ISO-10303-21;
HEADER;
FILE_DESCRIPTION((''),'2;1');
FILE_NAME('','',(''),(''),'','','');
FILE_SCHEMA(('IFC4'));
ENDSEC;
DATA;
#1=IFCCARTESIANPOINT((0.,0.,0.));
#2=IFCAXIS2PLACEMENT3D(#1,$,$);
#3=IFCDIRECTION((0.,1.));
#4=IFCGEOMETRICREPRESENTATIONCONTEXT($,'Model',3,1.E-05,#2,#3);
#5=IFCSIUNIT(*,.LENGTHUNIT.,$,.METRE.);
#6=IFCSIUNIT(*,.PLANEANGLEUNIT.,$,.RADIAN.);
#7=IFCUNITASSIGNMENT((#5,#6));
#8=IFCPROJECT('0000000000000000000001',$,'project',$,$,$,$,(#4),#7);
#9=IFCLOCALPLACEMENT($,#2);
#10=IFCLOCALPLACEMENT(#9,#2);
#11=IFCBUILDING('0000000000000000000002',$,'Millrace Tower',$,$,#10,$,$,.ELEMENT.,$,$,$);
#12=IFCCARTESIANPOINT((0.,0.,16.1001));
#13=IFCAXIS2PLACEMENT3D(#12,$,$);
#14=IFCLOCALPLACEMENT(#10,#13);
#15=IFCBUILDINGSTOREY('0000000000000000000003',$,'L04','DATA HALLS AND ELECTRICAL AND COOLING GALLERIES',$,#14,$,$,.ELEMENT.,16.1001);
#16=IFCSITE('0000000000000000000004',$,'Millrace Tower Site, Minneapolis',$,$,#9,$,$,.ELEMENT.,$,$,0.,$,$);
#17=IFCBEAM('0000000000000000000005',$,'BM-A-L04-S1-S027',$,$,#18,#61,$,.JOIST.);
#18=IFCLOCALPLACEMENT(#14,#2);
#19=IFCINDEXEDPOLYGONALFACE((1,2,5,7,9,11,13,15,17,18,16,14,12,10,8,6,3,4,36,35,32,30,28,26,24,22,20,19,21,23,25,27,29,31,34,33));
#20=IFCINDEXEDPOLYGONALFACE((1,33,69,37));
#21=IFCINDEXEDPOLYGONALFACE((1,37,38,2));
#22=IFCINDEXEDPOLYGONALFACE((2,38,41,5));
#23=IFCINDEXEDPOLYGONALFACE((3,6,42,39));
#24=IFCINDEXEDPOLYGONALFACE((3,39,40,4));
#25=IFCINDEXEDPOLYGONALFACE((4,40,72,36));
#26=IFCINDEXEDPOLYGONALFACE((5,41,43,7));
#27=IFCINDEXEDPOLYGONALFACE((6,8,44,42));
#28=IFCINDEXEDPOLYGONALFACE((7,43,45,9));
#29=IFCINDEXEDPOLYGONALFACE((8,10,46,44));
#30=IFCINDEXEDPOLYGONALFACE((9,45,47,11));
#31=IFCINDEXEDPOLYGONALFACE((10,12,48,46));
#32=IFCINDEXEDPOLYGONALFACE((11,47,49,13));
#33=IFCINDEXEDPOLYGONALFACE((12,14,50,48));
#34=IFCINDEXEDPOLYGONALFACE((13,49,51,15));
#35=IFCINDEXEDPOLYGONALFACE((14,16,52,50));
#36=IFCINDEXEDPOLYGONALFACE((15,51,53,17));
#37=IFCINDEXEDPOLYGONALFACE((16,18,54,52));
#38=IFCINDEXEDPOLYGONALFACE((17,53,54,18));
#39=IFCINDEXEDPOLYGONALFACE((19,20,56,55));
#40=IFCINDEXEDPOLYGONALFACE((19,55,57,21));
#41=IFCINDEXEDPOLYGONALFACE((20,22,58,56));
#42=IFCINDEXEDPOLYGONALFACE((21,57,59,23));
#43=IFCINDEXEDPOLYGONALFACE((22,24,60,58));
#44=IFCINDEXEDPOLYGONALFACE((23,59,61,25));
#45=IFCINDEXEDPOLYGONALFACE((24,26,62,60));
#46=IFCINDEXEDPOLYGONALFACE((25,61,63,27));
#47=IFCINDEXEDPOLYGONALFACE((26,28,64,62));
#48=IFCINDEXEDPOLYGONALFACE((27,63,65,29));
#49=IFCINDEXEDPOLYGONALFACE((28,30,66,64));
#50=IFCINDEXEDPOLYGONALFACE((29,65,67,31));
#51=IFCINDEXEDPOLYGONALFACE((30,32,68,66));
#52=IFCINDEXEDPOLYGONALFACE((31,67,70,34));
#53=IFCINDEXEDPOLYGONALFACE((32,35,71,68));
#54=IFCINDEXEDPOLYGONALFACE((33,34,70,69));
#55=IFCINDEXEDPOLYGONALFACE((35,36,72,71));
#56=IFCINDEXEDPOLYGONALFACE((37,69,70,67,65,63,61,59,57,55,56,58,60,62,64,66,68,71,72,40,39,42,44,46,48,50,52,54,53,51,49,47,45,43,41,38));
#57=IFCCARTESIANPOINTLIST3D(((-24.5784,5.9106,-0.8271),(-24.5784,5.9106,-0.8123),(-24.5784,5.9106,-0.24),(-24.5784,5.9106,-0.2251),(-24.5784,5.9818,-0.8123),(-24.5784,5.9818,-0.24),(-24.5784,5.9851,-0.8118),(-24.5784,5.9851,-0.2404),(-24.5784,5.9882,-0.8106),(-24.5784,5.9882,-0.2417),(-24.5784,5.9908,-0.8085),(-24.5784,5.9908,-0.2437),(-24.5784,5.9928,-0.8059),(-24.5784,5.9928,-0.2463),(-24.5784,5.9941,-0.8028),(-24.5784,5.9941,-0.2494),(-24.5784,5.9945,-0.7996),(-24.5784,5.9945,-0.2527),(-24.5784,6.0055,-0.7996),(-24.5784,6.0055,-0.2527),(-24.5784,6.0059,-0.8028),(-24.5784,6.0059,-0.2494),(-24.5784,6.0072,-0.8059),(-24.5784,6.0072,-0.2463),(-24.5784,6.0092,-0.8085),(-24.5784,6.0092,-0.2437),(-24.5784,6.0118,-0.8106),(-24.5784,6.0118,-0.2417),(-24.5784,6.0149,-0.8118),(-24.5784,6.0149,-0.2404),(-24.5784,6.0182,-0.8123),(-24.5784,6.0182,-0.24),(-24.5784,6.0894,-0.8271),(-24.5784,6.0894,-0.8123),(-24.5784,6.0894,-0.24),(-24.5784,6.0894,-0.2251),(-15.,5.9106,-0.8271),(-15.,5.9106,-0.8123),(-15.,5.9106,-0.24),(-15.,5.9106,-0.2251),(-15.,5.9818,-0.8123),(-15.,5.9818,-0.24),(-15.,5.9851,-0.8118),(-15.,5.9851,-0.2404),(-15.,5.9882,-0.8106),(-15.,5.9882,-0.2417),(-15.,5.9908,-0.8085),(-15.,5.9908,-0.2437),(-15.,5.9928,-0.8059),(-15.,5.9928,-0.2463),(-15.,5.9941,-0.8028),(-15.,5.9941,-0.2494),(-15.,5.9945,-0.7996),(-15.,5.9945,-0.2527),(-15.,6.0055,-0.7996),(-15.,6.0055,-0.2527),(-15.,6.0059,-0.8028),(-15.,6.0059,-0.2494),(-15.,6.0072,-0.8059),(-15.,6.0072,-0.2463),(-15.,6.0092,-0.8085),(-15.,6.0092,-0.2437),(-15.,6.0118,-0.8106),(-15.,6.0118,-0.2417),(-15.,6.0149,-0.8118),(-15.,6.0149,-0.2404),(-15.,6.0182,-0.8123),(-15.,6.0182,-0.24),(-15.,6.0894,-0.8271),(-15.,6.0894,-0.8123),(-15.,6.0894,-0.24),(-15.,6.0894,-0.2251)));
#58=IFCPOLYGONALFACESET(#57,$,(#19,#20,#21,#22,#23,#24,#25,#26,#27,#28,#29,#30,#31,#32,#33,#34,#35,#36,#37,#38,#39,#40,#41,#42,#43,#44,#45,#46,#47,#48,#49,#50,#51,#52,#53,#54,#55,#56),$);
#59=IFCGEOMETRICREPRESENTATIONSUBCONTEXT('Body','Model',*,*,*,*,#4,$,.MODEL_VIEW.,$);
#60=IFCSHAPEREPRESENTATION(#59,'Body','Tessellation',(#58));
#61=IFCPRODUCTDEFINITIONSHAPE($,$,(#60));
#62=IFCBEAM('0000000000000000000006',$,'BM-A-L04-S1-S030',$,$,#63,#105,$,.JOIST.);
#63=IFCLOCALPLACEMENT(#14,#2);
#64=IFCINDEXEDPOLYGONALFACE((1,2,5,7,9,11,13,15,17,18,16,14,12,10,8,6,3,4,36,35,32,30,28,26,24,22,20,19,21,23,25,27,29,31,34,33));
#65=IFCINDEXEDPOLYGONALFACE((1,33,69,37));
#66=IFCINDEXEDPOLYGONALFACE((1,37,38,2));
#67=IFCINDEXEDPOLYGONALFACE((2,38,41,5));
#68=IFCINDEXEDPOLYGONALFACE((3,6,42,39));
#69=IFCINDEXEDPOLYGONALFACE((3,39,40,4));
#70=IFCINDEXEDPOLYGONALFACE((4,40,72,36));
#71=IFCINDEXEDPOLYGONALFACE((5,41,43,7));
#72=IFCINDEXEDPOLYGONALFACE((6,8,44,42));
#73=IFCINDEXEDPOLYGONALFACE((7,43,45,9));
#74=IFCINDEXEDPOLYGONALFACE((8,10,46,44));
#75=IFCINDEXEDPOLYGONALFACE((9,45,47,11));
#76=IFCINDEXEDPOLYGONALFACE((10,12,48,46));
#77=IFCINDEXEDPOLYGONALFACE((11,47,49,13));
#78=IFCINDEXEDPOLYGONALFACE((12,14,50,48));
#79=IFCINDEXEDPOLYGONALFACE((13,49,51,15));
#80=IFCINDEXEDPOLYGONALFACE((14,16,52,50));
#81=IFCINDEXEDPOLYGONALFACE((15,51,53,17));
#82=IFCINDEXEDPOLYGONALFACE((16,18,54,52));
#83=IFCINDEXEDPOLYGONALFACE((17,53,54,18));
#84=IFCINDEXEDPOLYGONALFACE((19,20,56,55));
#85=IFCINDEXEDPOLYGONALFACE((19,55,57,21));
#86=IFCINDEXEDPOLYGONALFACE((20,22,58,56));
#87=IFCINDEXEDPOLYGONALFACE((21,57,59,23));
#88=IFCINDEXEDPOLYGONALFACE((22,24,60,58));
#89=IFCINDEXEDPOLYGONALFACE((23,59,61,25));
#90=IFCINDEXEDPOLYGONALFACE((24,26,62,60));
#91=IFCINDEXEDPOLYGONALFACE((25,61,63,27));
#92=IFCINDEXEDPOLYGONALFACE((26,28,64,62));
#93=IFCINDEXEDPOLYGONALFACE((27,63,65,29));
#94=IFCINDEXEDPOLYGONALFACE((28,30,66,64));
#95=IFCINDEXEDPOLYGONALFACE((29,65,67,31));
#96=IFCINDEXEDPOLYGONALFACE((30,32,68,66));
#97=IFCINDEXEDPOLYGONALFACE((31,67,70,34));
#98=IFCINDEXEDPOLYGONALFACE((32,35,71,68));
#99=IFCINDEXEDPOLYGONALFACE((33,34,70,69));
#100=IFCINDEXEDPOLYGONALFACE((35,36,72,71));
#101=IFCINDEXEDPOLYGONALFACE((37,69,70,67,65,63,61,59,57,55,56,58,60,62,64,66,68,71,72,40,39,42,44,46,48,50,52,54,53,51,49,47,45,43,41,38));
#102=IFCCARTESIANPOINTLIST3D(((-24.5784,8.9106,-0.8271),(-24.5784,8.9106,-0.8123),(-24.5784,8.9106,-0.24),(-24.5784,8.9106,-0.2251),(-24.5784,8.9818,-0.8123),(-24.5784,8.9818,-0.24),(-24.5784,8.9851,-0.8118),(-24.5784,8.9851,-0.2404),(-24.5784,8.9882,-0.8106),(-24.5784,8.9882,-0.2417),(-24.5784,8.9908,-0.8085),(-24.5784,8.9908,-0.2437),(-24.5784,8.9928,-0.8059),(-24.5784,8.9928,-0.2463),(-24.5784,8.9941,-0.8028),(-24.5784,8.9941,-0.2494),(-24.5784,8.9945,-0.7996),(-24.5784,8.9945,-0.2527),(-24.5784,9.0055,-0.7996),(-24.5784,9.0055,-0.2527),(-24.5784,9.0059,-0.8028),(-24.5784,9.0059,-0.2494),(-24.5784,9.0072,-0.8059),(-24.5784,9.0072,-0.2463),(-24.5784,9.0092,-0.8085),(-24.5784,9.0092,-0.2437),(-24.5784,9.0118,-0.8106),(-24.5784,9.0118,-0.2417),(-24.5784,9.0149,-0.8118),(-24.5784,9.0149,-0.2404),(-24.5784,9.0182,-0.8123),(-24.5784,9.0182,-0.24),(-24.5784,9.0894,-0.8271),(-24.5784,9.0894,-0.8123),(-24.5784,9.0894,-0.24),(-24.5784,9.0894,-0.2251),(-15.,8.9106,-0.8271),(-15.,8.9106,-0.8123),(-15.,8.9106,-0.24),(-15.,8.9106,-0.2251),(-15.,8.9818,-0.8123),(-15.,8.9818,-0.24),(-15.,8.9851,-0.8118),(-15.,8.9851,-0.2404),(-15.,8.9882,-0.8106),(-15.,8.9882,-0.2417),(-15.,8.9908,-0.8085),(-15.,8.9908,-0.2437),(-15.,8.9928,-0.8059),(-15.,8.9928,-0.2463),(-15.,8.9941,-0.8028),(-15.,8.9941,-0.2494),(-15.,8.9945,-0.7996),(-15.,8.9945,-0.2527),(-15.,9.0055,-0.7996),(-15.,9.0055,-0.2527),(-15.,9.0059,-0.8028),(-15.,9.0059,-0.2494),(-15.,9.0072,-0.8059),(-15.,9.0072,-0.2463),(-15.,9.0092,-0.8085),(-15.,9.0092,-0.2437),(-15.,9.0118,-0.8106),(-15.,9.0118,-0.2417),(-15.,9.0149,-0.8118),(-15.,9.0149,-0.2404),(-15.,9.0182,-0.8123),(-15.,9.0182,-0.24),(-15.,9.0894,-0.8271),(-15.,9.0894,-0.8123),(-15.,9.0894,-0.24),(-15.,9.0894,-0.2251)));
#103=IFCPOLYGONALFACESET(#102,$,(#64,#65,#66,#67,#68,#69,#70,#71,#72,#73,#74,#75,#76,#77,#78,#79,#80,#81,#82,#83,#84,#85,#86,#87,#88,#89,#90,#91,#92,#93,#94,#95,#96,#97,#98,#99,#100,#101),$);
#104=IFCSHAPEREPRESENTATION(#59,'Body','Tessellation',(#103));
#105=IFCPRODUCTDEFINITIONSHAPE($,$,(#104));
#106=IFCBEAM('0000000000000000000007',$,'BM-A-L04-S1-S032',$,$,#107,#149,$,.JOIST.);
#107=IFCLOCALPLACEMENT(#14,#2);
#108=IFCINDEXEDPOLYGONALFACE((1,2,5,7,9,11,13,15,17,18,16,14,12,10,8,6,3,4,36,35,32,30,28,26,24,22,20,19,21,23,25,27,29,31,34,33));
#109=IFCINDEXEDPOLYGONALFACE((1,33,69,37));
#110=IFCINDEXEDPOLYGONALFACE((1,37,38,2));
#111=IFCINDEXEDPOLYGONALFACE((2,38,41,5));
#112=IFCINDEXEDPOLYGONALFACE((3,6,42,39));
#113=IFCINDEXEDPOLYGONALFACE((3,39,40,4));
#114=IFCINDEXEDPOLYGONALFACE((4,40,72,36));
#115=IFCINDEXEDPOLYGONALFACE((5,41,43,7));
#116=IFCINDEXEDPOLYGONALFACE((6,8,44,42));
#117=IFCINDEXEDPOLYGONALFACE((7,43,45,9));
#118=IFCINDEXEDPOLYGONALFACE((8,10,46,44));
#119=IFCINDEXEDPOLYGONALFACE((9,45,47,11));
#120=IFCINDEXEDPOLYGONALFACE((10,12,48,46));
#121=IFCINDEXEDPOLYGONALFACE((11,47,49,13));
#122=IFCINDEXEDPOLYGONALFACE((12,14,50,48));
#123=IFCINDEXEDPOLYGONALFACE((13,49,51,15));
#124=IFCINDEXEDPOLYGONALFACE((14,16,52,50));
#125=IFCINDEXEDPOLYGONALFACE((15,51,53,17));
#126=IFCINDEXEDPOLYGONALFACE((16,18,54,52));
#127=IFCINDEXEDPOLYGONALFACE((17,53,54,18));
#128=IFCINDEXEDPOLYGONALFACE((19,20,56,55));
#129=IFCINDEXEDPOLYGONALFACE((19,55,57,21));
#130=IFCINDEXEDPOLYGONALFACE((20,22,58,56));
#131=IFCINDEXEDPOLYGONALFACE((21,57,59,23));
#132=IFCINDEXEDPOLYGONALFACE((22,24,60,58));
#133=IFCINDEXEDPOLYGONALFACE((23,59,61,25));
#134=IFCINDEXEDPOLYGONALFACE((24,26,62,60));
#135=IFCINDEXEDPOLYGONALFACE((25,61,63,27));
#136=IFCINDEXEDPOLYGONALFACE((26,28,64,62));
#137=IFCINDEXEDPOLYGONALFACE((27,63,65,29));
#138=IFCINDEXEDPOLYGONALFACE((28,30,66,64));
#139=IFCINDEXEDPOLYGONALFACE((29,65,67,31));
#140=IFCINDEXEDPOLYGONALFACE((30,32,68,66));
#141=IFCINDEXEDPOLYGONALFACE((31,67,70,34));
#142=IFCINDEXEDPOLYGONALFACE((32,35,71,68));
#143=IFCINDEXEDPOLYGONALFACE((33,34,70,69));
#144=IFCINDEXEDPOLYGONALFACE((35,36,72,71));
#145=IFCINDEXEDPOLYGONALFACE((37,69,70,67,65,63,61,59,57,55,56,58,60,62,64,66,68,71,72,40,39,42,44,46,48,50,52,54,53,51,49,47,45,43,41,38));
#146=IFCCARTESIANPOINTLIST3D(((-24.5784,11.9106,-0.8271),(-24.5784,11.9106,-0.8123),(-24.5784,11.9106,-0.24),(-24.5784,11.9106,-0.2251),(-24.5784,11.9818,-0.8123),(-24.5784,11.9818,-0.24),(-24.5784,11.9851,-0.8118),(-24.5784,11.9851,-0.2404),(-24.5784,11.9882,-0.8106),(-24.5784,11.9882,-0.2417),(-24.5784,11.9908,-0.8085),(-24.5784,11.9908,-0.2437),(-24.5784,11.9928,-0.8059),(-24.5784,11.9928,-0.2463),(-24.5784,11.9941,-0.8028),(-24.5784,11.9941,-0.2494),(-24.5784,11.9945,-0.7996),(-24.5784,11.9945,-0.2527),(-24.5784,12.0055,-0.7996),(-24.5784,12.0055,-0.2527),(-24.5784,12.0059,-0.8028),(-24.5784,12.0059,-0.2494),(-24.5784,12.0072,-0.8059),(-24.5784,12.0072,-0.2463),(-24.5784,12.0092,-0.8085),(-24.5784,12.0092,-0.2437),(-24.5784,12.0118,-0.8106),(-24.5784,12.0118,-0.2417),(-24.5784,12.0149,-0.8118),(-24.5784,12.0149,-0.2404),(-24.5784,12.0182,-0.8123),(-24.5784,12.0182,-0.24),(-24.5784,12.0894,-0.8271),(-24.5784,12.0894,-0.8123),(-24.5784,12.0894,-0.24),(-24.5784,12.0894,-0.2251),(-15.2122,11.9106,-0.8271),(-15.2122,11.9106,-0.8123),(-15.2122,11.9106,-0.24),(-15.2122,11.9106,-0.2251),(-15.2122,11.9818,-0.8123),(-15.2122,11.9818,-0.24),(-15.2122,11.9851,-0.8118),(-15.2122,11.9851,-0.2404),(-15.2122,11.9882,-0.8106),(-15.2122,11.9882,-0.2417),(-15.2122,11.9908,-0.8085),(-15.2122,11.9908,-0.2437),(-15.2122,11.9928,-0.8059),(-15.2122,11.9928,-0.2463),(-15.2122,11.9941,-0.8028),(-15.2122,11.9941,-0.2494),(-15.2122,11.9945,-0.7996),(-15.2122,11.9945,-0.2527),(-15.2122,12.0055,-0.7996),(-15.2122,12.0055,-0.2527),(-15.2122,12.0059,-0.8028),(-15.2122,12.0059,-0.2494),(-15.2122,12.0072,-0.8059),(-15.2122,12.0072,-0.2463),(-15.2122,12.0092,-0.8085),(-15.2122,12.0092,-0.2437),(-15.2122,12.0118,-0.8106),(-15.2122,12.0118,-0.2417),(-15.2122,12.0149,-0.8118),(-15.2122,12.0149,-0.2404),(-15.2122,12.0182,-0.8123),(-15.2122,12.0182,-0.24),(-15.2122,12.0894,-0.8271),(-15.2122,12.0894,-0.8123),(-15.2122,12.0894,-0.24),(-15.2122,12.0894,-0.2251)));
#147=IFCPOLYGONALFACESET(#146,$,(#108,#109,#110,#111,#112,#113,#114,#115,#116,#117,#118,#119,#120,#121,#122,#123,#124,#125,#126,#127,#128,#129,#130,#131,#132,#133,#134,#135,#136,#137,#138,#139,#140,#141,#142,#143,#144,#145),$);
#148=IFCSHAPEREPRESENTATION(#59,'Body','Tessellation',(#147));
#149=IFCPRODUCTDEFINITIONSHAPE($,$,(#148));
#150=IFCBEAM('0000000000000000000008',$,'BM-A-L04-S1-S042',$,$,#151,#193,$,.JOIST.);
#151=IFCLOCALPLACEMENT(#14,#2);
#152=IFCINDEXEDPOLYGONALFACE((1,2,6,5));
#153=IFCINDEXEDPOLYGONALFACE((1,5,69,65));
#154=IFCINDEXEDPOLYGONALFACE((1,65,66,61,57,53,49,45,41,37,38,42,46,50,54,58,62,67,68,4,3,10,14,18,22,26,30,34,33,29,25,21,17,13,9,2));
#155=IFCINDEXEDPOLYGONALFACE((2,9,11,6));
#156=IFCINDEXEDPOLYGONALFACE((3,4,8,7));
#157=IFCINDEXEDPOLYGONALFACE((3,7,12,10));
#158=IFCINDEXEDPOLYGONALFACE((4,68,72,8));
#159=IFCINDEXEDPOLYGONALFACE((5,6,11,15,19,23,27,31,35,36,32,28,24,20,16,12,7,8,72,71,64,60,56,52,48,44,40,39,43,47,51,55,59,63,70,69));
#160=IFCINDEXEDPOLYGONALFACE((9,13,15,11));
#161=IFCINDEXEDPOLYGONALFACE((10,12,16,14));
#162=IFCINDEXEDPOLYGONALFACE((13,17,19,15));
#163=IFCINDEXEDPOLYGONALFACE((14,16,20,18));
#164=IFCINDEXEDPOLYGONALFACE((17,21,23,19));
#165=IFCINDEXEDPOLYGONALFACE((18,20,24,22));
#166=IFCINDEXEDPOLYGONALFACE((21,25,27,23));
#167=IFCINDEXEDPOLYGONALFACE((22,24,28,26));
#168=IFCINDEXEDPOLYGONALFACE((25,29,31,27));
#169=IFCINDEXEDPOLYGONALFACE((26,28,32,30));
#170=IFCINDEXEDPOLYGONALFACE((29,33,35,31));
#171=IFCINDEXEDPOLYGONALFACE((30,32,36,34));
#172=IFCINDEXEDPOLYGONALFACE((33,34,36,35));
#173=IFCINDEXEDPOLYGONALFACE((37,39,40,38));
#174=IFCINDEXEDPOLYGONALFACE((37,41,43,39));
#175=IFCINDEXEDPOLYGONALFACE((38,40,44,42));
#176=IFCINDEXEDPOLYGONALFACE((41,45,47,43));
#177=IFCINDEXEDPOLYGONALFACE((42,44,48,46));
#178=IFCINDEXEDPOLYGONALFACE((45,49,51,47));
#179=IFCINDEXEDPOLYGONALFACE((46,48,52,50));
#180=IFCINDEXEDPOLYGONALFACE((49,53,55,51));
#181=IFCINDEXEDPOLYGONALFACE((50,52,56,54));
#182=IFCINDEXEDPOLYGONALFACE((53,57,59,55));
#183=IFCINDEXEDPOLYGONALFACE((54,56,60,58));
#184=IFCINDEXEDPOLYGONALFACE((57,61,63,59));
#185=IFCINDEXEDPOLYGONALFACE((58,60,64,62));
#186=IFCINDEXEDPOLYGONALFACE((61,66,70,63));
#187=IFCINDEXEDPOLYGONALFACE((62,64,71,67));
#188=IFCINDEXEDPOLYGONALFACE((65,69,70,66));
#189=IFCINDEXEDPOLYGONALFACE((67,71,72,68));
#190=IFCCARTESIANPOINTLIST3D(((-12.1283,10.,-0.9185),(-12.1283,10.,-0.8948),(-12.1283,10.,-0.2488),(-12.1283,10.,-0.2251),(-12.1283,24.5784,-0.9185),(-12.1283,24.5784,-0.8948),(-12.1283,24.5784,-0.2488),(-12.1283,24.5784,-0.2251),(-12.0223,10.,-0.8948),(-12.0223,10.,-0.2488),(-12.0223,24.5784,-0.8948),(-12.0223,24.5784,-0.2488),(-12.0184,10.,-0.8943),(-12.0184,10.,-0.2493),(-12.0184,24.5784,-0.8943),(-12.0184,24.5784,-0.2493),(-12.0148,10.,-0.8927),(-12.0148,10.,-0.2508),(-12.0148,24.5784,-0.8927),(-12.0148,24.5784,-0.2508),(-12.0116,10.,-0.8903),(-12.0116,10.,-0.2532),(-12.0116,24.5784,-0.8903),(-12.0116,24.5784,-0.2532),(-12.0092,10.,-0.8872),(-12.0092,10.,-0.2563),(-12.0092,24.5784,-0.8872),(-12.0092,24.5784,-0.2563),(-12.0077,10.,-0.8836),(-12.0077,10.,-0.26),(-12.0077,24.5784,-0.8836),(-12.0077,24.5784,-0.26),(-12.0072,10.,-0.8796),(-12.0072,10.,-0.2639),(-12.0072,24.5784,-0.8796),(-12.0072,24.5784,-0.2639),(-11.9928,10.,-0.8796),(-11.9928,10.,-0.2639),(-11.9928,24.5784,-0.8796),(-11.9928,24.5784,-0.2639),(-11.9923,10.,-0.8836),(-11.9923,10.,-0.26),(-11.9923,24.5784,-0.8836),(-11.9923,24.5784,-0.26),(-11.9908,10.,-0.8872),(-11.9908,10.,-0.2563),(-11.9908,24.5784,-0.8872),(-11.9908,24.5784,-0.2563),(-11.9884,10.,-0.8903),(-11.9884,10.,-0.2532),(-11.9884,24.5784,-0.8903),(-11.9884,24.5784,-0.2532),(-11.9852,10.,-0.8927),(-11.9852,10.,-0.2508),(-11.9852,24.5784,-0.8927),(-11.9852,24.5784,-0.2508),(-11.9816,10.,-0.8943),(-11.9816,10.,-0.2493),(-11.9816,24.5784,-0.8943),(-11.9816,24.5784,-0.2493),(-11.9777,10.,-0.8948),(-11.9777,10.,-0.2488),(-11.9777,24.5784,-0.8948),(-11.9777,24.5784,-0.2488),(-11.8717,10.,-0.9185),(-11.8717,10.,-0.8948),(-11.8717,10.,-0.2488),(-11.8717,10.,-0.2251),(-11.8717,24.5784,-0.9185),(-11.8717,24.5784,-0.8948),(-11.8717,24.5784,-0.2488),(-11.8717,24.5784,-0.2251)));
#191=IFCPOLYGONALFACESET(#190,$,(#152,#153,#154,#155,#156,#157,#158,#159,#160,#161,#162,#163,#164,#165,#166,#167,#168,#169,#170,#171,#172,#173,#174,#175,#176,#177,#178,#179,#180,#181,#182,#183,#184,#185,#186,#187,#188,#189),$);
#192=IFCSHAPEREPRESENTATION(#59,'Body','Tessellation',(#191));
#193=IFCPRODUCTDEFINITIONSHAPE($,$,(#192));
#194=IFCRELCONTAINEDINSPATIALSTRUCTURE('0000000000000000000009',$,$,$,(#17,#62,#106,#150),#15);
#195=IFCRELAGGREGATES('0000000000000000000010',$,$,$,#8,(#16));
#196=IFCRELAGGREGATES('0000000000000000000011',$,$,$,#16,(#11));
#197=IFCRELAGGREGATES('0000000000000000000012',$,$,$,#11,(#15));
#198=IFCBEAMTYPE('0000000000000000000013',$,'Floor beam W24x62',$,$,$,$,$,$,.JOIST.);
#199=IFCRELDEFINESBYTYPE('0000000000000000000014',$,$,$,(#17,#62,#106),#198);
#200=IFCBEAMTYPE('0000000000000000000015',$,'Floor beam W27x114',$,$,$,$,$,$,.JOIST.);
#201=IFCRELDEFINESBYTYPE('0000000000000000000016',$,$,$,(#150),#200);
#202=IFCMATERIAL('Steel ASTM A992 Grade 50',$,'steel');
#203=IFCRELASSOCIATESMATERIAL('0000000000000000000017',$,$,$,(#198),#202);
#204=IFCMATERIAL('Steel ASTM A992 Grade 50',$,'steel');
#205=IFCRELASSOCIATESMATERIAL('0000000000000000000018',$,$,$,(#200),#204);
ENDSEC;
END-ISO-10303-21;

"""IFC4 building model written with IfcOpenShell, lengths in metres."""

from ifc_helpers import new_model, si_unit, direction, frame, origin, origin_2d, place, context, subcontext, project, spatial, i_section, extrude, material, material_profile, profile_set, type_object, element, save


model = new_model("IFC4")

# Units and contexts
model_context = context("Model", 3, precision=1e-05, world=origin(), true_north=direction((0.0, 1.0)))
body_context = subcontext(model_context, "Body", "Model", "MODEL_VIEW")
ifc_project = project(units=[si_unit("LENGTHUNIT", "METRE"), si_unit("PLANEANGLEUNIT", "RADIAN")], contexts=[model_context])

# Site, building, storey
site_placement = place(None, origin())
site = spatial("IfcSite", under=ifc_project, at=site_placement, Name="Millrace Tower Site, Minneapolis", CompositionType="ELEMENT", RefElevation=0.0)
building_placement = place(site_placement, origin())
building = spatial("IfcBuilding", under=site, at=building_placement, Name="Millrace Tower", CompositionType="ELEMENT")
storey_placement = place(building_placement, frame((0.0, 0.0, 16.1001)))
storey = spatial("IfcBuildingStorey", under=building, at=storey_placement, Name="L04", Description="DATA HALLS AND ELECTRICAL AND COOLING GALLERIES", CompositionType="ELEMENT", Elevation=16.1001)

# Beams
ifc_material_1 = material(Name="Steel ASTM A992 Grade 50", Category="steel")
ifc_material_profile_1 = material_profile(ifc_material_1, i_section(OverallWidth=0.1787, OverallDepth=0.6021, WebThickness=0.011, FlangeThickness=0.0149, FilletRadius=0.0127, at=origin_2d()))
ifc_profile_set_1 = profile_set([ifc_material_profile_1], Name="Steel ASTM A992 Grade 50")
beam_type_1 = type_object("IfcBeamType", Name="Floor beam W24x62", PredefinedType="JOIST", material=ifc_profile_set_1)
for number, where, z_axis, x_axis, name in (
    (1, (-24.5784, 6.0, -0.5261), (1.0, 0.0, 0.0), (0.0, 1.0, 0.0), "BM-A-L04-S1-S027"),
    (2, (-24.5784, 9.0, -0.5261), (1.0, 0.0, 0.0), (0.0, 1.0, 0.0), "BM-A-L04-S1-S030"),
):
    element("IfcBeam", number, at=place(storey_placement, frame(where, z_axis=z_axis, x_axis=x_axis)), inside=storey, type_object=beam_type_1, Name=name, PredefinedType="JOIST", context=body_context, shape_type="SweptSolid", body=[
        extrude(i_section(OverallWidth=0.1787, OverallDepth=0.6021, WebThickness=0.011, FlangeThickness=0.0149, FilletRadius=0.0127, at=origin_2d()), origin(), (0.0, 0.0, 1.0), 9.5784),
    ])
beam_1_placement = place(storey_placement, frame((-24.5784, 12.0, -0.5261), z_axis=(1.0, 0.0, 0.0), x_axis=(0.0, 1.0, 0.0)))
element("IfcBeam", 3, at=beam_1_placement, inside=storey, type_object=beam_type_1, Name="BM-A-L04-S1-S032", PredefinedType="JOIST", context=body_context, shape_type="SweptSolid", body=[
    extrude(i_section(OverallWidth=0.1787, OverallDepth=0.6021, WebThickness=0.011, FlangeThickness=0.0149, FilletRadius=0.0127, at=origin_2d()), origin(), (0.0, 0.0, 1.0), 9.3662),
])
ifc_material_2 = material(Name="Steel ASTM A992 Grade 50", Category="steel")
ifc_material_profile_2 = material_profile(ifc_material_2, i_section(OverallWidth=0.2566, OverallDepth=0.6934, WebThickness=0.0144, FlangeThickness=0.0237, FilletRadius=0.0151, at=origin_2d()))
ifc_profile_set_2 = profile_set([ifc_material_profile_2], Name="Steel ASTM A992 Grade 50")
beam_type_2 = type_object("IfcBeamType", Name="Floor beam W27x114", PredefinedType="JOIST", material=ifc_profile_set_2)
beam_2_placement = place(storey_placement, frame((-12.0, 10.0, -0.5718), z_axis=(0.0, 1.0, 0.0), x_axis=(-1.0, 0.0, 0.0)))
element("IfcBeam", 4, at=beam_2_placement, inside=storey, type_object=beam_type_2, Name="BM-A-L04-S1-S042", PredefinedType="JOIST", context=body_context, shape_type="SweptSolid", body=[
    extrude(i_section(OverallWidth=0.2566, OverallDepth=0.6934, WebThickness=0.0144, FlangeThickness=0.0237, FilletRadius=0.0151, at=origin_2d()), origin(), (0.0, 0.0, 1.0), 14.5784),
])

save(model, "model.ifc")
